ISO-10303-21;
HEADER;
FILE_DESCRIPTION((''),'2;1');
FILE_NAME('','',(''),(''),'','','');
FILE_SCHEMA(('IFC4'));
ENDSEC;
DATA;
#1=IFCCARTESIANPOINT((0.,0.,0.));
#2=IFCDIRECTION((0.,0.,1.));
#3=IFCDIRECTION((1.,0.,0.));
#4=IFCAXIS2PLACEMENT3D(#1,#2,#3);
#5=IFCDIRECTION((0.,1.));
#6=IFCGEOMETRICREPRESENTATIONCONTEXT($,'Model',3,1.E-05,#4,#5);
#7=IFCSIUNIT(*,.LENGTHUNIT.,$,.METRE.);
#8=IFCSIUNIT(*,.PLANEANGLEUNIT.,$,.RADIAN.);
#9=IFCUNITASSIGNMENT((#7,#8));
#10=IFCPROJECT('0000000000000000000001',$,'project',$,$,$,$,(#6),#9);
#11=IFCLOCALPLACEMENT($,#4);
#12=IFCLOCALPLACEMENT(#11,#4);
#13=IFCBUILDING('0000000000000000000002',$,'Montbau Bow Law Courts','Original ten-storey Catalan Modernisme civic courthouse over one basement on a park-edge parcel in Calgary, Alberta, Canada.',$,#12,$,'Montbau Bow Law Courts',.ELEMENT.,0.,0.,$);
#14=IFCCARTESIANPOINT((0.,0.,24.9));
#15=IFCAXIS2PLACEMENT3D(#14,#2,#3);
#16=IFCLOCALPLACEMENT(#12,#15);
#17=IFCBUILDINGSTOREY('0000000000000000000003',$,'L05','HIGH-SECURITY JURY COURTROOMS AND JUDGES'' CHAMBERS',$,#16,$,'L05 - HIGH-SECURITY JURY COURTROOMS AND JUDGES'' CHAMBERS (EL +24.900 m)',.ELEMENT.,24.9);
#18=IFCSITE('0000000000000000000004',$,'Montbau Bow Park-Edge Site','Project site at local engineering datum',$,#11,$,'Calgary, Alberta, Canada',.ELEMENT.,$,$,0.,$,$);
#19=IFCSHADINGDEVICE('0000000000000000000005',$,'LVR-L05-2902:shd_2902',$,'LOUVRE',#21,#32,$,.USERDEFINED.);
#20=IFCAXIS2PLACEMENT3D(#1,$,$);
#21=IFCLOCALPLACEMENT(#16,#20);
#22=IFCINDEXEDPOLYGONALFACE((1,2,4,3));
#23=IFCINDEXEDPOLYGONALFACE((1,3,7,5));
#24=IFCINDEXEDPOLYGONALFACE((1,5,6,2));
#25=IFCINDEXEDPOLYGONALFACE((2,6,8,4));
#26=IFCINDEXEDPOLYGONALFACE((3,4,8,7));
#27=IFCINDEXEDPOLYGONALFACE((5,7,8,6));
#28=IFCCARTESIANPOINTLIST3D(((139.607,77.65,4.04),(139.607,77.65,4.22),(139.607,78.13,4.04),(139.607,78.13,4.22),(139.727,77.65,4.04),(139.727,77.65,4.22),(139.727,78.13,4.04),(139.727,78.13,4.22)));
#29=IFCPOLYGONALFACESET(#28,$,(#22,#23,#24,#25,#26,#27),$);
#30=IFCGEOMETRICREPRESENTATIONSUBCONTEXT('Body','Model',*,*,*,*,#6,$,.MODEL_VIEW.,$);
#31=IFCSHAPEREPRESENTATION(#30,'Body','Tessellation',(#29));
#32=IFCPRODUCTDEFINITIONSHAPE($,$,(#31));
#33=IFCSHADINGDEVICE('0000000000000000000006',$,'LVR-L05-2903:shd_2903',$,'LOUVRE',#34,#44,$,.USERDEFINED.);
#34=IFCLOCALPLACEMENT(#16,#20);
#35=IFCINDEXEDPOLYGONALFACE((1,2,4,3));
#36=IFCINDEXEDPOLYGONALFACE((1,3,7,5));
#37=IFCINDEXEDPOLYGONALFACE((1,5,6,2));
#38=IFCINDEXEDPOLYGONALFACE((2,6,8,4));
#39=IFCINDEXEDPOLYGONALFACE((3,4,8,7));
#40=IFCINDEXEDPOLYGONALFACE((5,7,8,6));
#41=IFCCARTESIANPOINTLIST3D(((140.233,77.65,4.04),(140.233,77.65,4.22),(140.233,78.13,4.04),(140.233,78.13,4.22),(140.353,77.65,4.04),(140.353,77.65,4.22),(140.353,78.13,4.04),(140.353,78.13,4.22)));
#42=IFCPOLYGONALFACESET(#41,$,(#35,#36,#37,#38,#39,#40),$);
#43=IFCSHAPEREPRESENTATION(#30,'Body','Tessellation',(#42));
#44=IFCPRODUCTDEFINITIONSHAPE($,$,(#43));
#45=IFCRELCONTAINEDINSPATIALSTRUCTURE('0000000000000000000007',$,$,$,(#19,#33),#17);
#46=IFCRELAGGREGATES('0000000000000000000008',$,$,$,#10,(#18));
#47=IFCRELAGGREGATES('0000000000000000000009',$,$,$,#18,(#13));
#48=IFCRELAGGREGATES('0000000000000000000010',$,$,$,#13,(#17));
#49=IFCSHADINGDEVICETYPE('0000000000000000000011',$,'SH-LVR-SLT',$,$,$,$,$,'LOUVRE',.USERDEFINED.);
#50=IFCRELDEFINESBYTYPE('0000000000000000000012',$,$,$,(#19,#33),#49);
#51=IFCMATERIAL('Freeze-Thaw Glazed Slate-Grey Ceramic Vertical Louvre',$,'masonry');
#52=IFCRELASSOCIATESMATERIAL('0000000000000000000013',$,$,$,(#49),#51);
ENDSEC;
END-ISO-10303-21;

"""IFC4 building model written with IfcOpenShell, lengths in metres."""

from ifc_helpers import new_model, si_unit, direction, frame, origin_with_axes, origin_2d_with_axis, place, context, subcontext, project, spatial, rectangle, extrude, material, type_object, element, save


model = new_model("IFC4")

# Units and contexts
model_context = context("Model", 3, precision=1e-05, world=origin_with_axes(), true_north=direction((0.0, 1.0)))
body_context = subcontext(model_context, "Body", "Model", "MODEL_VIEW")
ifc_project = project(units=[si_unit("LENGTHUNIT", "METRE"), si_unit("PLANEANGLEUNIT", "RADIAN")], contexts=[model_context])

# Site, building, storey
site_placement = place(None, origin_with_axes())
site = spatial("IfcSite", under=ifc_project, at=site_placement, Name="Montbau Bow Park-Edge Site", Description="Project site at local engineering datum", LongName="Calgary, Alberta, Canada", CompositionType="ELEMENT", RefElevation=0.0)
building_placement = place(site_placement, origin_with_axes())
building = spatial("IfcBuilding", under=site, at=building_placement, Name="Montbau Bow Law Courts", Description="Original ten-storey Catalan Modernisme civic courthouse over one basement on a park-edge parcel in Calgary, Alberta, Canada.", LongName="Montbau Bow Law Courts", CompositionType="ELEMENT", ElevationOfRefHeight=0.0, ElevationOfTerrain=0.0)
storey_placement = place(building_placement, frame((0.0, 0.0, 24.9), z_axis=(0.0, 0.0, 1.0), x_axis=(1.0, 0.0, 0.0)))
storey = spatial("IfcBuildingStorey", under=building, at=storey_placement, Name="L05", Description="HIGH-SECURITY JURY COURTROOMS AND JUDGES' CHAMBERS", LongName="L05 - HIGH-SECURITY JURY COURTROOMS AND JUDGES' CHAMBERS (EL +24.900 m)", CompositionType="ELEMENT", Elevation=24.9)

# Shading devices
ifc_material_1 = material(Name="Freeze-Thaw Glazed Slate-Grey Ceramic Vertical Louvre", Category="masonry")
shading_device_type = type_object("IfcShadingDeviceType", Name="SH-LVR-SLT", ElementType="LOUVRE", PredefinedType="USERDEFINED", material=ifc_material_1)
for number, where, z_axis, x_axis, name in (
    (1, (139.667, 77.89, 28.94), (0.0, 0.0, 1.0), (0.0, -1.0, 0.0), "LVR-L05-2902:shd_2902"),
    (2, (140.293, 77.89, 28.94), (0.0, 0.0, 1.0), (0.0, -1.0, 0.0), "LVR-L05-2903:shd_2903"),
):
    element("IfcShadingDevice", number, at=place(None, frame(where, z_axis=z_axis, x_axis=x_axis)), inside=storey, type_object=shading_device_type, Name=name, ObjectType="LOUVRE", PredefinedType="USERDEFINED", context=body_context, shape_type="SweptSolid", body=[
        extrude(rectangle(XDim=0.48, YDim=0.12, at=origin_2d_with_axis()), origin_with_axes(), (0.0, 0.0, 1.0), 0.18),
    ])

save(model, "model.ifc")
